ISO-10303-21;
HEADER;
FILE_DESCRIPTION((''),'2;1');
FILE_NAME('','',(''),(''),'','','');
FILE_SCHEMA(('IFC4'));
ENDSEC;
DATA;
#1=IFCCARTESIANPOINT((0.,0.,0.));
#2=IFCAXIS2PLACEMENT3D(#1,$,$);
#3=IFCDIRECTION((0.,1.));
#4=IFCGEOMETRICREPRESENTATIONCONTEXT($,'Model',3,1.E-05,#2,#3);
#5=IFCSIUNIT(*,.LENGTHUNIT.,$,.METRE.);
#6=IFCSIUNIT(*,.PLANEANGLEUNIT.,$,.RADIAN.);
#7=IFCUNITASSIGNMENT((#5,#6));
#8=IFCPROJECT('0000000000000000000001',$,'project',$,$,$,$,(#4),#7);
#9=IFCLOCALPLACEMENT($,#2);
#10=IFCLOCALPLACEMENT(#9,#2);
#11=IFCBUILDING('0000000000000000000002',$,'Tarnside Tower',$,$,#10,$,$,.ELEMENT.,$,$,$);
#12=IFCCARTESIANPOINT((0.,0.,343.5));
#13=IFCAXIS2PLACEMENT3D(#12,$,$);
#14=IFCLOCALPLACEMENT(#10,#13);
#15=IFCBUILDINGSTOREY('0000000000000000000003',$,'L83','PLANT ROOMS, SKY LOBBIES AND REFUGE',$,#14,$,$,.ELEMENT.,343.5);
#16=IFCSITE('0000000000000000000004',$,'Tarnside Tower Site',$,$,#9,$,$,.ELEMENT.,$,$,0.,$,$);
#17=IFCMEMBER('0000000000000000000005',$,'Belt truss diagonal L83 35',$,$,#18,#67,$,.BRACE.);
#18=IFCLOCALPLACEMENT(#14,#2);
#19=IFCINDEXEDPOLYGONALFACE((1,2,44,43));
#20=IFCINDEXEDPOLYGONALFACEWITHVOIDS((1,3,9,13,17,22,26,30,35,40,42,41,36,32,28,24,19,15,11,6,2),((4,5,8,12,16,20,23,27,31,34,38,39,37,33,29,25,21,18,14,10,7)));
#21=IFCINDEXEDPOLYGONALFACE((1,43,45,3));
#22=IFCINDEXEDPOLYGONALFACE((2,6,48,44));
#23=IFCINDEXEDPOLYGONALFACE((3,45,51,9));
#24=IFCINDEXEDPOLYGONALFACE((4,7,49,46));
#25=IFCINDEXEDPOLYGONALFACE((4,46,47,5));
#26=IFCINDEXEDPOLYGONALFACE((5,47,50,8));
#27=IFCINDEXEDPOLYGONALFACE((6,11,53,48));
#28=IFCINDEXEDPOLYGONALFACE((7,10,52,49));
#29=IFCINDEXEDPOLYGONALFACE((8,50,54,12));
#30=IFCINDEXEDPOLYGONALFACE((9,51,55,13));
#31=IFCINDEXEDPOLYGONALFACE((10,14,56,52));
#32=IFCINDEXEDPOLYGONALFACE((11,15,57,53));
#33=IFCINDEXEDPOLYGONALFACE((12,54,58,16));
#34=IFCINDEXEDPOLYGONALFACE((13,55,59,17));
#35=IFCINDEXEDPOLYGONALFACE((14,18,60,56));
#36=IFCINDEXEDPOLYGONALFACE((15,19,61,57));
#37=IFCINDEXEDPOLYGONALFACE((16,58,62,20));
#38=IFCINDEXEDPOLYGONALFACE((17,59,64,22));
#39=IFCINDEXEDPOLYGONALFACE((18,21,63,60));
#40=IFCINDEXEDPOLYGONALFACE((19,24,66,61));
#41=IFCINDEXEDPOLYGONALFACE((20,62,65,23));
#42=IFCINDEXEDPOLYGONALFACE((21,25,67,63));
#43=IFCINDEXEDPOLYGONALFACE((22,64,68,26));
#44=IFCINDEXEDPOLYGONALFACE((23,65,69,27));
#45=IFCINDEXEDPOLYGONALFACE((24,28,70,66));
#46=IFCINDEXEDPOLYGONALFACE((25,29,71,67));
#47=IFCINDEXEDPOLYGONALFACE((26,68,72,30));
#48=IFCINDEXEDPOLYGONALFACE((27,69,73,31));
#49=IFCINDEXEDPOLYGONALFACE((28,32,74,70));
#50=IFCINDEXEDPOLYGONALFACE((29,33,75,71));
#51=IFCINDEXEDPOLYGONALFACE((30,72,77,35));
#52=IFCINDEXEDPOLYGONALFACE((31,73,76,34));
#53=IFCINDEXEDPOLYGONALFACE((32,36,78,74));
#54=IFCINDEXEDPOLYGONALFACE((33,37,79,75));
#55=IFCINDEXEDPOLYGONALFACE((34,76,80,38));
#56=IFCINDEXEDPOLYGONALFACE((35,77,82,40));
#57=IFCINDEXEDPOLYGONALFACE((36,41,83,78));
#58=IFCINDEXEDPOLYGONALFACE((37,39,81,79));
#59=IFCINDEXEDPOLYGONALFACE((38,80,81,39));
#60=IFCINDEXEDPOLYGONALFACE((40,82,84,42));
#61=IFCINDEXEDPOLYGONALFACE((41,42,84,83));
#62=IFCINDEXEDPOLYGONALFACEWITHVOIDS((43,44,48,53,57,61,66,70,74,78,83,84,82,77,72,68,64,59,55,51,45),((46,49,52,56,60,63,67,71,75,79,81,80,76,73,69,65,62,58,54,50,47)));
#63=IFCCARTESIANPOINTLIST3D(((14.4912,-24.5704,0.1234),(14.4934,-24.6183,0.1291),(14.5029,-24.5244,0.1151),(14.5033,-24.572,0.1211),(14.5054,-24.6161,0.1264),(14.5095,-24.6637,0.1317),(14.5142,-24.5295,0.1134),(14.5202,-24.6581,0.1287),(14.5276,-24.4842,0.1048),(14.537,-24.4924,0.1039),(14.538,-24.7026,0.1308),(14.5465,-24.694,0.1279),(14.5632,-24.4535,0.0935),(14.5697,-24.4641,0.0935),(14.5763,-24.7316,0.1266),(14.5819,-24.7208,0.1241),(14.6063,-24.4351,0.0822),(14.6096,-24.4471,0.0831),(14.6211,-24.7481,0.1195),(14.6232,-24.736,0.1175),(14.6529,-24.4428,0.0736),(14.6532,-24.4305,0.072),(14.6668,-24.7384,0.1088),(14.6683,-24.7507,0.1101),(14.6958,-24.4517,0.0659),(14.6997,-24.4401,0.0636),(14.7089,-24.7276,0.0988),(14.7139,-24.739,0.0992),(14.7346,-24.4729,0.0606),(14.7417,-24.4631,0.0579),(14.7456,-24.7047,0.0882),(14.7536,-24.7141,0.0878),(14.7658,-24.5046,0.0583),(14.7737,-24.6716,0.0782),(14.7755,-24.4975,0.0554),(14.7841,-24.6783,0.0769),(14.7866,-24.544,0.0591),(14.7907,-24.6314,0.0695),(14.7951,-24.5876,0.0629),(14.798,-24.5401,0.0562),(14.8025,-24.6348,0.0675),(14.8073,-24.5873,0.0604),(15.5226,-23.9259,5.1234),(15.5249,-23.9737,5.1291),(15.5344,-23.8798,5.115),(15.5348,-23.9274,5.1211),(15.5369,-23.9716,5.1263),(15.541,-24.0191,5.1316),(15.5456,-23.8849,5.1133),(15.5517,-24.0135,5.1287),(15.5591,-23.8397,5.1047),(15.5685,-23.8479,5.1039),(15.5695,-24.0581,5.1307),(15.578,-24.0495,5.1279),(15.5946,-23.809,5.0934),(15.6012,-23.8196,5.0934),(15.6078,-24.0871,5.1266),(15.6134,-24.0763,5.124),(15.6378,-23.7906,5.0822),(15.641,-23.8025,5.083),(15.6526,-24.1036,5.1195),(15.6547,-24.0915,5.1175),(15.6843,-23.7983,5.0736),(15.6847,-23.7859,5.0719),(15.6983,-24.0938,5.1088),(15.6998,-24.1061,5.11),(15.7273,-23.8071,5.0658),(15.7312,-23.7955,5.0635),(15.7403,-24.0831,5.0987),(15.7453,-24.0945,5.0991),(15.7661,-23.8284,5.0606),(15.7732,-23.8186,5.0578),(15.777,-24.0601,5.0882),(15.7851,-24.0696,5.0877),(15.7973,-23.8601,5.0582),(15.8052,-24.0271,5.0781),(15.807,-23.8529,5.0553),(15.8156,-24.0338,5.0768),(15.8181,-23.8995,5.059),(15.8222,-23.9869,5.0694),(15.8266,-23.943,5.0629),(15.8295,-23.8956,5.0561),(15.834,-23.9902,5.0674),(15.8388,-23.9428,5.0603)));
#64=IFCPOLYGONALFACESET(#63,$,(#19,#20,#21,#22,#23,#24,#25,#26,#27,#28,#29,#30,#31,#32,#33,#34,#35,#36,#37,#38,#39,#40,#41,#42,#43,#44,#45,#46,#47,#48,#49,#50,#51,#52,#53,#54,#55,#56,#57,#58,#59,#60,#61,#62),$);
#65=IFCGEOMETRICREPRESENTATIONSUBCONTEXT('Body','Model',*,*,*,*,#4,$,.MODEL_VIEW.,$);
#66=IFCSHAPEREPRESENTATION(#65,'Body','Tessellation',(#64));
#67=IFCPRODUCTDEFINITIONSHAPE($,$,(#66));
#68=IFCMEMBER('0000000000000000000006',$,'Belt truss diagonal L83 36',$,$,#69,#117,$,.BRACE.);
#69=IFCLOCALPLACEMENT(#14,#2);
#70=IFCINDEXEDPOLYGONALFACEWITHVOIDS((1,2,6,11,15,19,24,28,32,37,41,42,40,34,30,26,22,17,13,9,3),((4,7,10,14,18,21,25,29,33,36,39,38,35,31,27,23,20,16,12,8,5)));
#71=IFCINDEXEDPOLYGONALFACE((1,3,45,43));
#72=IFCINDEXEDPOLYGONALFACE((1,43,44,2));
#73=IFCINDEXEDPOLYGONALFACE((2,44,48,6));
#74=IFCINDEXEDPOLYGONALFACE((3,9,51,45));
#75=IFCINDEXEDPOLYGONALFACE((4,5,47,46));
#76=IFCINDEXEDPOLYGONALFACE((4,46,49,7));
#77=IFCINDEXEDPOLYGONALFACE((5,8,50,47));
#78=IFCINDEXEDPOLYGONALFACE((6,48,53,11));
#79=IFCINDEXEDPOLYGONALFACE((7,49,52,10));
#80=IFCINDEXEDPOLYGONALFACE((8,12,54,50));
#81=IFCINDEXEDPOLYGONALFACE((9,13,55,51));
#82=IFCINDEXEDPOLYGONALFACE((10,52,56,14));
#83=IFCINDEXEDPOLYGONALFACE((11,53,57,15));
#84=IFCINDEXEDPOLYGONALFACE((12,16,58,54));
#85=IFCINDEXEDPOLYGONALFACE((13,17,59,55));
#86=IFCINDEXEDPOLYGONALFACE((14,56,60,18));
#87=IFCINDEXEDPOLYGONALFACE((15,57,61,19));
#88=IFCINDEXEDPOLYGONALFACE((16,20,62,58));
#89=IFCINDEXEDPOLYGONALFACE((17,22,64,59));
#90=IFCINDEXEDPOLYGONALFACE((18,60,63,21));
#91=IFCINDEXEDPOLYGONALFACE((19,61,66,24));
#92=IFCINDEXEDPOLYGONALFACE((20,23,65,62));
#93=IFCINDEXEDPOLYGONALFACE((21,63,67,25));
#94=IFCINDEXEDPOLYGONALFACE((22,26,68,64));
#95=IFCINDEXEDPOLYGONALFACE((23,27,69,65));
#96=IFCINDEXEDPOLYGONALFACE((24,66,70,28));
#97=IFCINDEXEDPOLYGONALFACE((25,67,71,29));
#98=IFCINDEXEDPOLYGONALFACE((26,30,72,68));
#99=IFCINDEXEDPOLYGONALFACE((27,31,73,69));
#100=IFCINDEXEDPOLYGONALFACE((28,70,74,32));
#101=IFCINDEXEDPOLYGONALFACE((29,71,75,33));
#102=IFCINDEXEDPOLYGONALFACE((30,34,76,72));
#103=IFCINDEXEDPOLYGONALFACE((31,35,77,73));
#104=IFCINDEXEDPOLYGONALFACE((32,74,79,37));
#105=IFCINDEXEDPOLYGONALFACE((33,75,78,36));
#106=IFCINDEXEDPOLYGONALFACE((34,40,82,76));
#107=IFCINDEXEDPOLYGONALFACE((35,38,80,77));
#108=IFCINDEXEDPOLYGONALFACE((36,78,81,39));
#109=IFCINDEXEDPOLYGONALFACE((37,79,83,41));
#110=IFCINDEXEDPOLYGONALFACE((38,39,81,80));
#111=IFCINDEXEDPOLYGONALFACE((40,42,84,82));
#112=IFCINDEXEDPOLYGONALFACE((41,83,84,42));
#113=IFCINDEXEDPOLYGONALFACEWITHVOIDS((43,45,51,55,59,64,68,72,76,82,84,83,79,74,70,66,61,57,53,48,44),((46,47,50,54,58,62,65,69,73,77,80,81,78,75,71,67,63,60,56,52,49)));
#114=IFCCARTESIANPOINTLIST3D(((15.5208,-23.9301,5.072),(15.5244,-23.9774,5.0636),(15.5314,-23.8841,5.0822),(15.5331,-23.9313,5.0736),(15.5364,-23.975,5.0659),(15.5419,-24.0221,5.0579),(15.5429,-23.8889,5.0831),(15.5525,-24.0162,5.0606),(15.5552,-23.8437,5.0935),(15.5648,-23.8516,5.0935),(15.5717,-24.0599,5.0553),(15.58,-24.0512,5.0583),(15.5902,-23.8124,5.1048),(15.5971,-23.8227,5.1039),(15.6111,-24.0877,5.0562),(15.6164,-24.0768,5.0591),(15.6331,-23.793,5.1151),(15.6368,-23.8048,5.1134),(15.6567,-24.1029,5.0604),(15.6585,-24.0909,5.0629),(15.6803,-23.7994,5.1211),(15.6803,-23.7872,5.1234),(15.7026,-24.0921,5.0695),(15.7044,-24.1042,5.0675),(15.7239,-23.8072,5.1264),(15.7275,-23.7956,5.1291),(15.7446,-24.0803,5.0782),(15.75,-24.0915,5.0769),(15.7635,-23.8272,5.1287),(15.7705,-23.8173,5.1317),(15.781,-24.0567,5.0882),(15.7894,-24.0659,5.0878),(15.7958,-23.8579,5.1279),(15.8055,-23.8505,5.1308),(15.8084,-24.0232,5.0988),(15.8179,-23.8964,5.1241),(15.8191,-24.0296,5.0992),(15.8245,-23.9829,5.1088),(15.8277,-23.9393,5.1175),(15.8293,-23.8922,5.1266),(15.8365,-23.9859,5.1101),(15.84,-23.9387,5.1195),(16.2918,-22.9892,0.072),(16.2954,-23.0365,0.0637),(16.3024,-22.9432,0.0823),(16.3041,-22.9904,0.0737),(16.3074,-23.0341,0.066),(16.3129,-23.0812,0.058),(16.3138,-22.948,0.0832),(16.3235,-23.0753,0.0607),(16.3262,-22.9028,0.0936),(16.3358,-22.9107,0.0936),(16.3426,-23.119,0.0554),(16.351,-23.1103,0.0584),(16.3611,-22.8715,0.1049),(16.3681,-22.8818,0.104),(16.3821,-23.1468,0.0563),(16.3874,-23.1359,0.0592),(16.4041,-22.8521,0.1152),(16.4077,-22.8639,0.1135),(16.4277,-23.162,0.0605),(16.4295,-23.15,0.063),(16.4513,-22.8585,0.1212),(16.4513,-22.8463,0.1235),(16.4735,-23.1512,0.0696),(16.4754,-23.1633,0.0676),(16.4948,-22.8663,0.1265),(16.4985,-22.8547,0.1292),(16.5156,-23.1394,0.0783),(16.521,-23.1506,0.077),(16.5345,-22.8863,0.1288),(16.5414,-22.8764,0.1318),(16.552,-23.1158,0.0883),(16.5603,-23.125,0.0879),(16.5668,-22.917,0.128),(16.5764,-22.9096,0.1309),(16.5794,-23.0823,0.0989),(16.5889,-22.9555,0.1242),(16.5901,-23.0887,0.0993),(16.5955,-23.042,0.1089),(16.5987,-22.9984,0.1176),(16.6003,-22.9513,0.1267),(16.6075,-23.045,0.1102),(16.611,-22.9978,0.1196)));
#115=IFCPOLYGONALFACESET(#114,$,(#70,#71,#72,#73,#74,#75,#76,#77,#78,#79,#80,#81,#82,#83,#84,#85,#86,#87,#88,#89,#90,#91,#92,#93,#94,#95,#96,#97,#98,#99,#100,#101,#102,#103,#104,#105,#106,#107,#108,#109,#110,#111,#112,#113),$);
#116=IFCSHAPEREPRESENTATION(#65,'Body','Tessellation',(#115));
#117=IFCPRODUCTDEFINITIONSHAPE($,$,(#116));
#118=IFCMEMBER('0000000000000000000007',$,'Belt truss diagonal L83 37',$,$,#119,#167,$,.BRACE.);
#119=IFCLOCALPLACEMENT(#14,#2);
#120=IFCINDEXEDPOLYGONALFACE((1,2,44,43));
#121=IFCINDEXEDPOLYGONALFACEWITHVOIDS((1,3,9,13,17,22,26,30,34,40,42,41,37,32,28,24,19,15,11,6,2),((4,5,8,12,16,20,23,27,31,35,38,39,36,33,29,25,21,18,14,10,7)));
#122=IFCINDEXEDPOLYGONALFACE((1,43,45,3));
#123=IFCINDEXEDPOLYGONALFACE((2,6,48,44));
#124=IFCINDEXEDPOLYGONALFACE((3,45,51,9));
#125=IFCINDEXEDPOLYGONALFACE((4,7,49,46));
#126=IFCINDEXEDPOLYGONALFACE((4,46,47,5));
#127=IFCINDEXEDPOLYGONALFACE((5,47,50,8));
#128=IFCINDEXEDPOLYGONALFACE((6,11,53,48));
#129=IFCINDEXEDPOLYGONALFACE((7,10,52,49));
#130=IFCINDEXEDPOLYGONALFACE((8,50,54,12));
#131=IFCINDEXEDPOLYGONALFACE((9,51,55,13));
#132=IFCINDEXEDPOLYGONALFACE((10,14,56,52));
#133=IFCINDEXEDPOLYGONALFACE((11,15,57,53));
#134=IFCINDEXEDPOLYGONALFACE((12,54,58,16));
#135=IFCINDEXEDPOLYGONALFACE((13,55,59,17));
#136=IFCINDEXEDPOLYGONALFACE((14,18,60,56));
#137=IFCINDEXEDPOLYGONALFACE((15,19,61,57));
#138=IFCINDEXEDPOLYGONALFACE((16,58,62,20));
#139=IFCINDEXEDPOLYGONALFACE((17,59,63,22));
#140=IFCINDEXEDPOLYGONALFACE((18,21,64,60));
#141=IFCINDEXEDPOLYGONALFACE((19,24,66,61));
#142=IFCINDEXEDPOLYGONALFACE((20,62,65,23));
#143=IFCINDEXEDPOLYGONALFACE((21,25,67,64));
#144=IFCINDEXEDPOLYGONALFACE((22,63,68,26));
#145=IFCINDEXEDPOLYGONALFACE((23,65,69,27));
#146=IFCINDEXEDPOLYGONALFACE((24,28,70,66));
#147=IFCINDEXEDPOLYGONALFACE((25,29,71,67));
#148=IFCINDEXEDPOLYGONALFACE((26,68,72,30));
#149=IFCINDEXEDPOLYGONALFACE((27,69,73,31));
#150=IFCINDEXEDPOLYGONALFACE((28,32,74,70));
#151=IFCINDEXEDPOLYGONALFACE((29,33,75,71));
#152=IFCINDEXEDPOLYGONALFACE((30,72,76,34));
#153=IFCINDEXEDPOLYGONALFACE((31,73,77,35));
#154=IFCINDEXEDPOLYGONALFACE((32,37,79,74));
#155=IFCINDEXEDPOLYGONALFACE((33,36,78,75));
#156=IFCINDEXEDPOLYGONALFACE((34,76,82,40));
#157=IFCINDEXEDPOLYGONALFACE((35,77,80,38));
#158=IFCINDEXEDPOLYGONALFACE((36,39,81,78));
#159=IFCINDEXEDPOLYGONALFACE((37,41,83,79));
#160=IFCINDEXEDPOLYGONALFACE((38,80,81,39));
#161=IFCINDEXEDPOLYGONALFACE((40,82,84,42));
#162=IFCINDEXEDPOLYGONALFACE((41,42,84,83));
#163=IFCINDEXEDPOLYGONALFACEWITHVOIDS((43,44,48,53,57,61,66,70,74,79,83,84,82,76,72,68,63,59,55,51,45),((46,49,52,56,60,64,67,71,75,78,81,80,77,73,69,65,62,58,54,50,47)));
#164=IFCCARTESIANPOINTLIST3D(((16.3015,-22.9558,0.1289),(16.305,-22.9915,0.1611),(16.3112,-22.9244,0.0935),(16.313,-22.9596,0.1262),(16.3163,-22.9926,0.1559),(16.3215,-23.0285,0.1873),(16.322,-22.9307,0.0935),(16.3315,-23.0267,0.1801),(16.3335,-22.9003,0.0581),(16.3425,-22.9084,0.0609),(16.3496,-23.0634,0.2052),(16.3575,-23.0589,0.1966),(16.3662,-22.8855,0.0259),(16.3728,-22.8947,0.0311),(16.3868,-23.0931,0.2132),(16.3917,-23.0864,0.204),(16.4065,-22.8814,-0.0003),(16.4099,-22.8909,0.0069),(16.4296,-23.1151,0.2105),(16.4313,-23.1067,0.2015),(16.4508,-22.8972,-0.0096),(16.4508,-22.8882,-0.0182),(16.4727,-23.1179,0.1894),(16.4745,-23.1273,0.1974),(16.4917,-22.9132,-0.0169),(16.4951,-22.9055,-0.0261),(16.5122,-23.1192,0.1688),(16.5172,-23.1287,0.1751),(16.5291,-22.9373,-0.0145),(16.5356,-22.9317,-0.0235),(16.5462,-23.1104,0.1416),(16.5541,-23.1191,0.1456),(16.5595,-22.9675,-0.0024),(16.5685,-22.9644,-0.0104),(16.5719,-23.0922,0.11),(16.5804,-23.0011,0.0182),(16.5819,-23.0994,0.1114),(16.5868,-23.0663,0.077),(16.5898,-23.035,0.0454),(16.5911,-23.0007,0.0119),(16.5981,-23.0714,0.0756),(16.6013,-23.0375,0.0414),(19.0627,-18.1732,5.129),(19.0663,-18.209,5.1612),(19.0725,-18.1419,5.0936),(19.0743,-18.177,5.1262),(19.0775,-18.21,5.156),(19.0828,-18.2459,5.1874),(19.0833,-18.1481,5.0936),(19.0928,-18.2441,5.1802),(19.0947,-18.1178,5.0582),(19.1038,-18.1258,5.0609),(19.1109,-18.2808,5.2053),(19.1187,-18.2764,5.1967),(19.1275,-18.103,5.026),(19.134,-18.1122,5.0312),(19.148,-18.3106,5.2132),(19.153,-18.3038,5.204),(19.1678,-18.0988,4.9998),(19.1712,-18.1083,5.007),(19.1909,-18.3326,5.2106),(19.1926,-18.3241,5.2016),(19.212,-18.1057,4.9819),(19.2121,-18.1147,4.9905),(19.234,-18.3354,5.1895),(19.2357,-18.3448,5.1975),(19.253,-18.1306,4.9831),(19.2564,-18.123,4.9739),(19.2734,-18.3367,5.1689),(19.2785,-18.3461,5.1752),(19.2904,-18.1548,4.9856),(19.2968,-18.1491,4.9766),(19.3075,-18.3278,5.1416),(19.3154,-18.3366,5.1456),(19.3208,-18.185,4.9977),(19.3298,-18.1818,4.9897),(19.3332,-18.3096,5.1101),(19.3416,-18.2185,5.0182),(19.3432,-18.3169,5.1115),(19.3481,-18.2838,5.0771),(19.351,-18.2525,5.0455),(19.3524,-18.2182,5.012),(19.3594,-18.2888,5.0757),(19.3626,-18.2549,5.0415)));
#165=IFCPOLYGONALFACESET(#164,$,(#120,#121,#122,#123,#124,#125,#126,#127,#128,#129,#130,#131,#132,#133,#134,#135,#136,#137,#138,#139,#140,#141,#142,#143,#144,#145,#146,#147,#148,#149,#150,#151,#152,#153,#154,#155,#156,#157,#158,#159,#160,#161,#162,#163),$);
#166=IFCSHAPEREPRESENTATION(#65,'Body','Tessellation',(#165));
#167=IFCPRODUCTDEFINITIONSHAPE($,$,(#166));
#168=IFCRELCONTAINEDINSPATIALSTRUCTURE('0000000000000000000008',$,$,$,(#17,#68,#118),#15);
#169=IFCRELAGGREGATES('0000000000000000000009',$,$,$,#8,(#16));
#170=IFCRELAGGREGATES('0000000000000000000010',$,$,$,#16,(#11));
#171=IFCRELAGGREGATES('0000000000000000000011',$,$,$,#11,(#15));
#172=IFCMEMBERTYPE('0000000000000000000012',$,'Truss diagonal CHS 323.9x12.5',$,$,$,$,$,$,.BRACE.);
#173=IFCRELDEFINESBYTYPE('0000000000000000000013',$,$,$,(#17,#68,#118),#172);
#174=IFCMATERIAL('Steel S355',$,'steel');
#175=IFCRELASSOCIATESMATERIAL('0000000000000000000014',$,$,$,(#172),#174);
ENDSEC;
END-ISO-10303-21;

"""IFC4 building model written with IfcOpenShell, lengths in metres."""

from ifc_helpers import new_model, si_unit, direction, frame, origin, origin_2d, place, context, subcontext, project, spatial, hollow_circle, extrude, material, material_profile, profile_set, type_object, element, save


model = new_model("IFC4")

# Units and contexts
model_context = context("Model", 3, precision=1e-05, world=origin(), true_north=direction((0.0, 1.0)))
body_context = subcontext(model_context, "Body", "Model", "MODEL_VIEW")
ifc_project = project(units=[si_unit("LENGTHUNIT", "METRE"), si_unit("PLANEANGLEUNIT", "RADIAN")], contexts=[model_context])

# Site, building, storey
site_placement = place(None, origin())
site = spatial("IfcSite", under=ifc_project, at=site_placement, Name="Tarnside Tower Site", CompositionType="ELEMENT", RefElevation=0.0)
building_placement = place(site_placement, origin())
building = spatial("IfcBuilding", under=site, at=building_placement, Name="Tarnside Tower", CompositionType="ELEMENT")
storey_placement = place(building_placement, frame((0.0, 0.0, 343.5)))
storey = spatial("IfcBuildingStorey", under=building, at=storey_placement, Name="L83", Description="PLANT ROOMS, SKY LOBBIES AND REFUGE", CompositionType="ELEMENT", Elevation=343.5)

# Shared definitions
ifc_material_1 = material(Name="Steel S355", Category="steel")

# Members
ifc_material_profile_1 = material_profile(ifc_material_1, hollow_circle(Radius=0.1619, WallThickness=0.0125, at=origin_2d()), Name="CHS 323.9x12.5")
ifc_profile_set_1 = profile_set([ifc_material_profile_1], Name="Steel S355")
member_type_1 = type_object("IfcMemberType", Name="Truss diagonal CHS 323.9x12.5", PredefinedType="BRACE", material=ifc_profile_set_1)
for number, where, z_axis, x_axis, name in (
    (1, (14.6489, -24.5908, 0.0935), (0.200453, 0.125254, 0.971664), (-0.529909, 0.848055, 0.0), "Belt truss diagonal L83 35"),
    (2, (15.6804, -23.9463, 5.0935), (0.149829, 0.18285, -0.971657), (-0.773492, 0.633806, 0.0), "Belt truss diagonal L83 36"),
):
    element("IfcMember", number, at=place(storey_placement, frame(where, z_axis=z_axis, x_axis=x_axis)), inside=storey, type_object=member_type_1, Name=name, PredefinedType="BRACE", context=body_context, shape_type="SweptSolid", body=[
        extrude(hollow_circle(Radius=0.1619, WallThickness=0.0125, at=origin_2d()), origin(), (0.0, 0.0, 1.0), 5.1458),
    ])
member_1_placement = place(storey_placement, frame((16.4514, -23.0054, 0.0935), z_axis=(0.370655, 0.641978, 0.671178), x_axis=(-0.86602, 0.500009, 0.0)))
element("IfcMember", 3, at=member_1_placement, inside=storey, type_object=member_type_1, Name="Belt truss diagonal L83 37", PredefinedType="BRACE", context=body_context, shape_type="SweptSolid", body=[
    extrude(hollow_circle(Radius=0.1619, WallThickness=0.0125, at=origin_2d()), origin(), (0.0, 0.0, 1.0), 7.4497),
])

save(model, "model.ifc")
